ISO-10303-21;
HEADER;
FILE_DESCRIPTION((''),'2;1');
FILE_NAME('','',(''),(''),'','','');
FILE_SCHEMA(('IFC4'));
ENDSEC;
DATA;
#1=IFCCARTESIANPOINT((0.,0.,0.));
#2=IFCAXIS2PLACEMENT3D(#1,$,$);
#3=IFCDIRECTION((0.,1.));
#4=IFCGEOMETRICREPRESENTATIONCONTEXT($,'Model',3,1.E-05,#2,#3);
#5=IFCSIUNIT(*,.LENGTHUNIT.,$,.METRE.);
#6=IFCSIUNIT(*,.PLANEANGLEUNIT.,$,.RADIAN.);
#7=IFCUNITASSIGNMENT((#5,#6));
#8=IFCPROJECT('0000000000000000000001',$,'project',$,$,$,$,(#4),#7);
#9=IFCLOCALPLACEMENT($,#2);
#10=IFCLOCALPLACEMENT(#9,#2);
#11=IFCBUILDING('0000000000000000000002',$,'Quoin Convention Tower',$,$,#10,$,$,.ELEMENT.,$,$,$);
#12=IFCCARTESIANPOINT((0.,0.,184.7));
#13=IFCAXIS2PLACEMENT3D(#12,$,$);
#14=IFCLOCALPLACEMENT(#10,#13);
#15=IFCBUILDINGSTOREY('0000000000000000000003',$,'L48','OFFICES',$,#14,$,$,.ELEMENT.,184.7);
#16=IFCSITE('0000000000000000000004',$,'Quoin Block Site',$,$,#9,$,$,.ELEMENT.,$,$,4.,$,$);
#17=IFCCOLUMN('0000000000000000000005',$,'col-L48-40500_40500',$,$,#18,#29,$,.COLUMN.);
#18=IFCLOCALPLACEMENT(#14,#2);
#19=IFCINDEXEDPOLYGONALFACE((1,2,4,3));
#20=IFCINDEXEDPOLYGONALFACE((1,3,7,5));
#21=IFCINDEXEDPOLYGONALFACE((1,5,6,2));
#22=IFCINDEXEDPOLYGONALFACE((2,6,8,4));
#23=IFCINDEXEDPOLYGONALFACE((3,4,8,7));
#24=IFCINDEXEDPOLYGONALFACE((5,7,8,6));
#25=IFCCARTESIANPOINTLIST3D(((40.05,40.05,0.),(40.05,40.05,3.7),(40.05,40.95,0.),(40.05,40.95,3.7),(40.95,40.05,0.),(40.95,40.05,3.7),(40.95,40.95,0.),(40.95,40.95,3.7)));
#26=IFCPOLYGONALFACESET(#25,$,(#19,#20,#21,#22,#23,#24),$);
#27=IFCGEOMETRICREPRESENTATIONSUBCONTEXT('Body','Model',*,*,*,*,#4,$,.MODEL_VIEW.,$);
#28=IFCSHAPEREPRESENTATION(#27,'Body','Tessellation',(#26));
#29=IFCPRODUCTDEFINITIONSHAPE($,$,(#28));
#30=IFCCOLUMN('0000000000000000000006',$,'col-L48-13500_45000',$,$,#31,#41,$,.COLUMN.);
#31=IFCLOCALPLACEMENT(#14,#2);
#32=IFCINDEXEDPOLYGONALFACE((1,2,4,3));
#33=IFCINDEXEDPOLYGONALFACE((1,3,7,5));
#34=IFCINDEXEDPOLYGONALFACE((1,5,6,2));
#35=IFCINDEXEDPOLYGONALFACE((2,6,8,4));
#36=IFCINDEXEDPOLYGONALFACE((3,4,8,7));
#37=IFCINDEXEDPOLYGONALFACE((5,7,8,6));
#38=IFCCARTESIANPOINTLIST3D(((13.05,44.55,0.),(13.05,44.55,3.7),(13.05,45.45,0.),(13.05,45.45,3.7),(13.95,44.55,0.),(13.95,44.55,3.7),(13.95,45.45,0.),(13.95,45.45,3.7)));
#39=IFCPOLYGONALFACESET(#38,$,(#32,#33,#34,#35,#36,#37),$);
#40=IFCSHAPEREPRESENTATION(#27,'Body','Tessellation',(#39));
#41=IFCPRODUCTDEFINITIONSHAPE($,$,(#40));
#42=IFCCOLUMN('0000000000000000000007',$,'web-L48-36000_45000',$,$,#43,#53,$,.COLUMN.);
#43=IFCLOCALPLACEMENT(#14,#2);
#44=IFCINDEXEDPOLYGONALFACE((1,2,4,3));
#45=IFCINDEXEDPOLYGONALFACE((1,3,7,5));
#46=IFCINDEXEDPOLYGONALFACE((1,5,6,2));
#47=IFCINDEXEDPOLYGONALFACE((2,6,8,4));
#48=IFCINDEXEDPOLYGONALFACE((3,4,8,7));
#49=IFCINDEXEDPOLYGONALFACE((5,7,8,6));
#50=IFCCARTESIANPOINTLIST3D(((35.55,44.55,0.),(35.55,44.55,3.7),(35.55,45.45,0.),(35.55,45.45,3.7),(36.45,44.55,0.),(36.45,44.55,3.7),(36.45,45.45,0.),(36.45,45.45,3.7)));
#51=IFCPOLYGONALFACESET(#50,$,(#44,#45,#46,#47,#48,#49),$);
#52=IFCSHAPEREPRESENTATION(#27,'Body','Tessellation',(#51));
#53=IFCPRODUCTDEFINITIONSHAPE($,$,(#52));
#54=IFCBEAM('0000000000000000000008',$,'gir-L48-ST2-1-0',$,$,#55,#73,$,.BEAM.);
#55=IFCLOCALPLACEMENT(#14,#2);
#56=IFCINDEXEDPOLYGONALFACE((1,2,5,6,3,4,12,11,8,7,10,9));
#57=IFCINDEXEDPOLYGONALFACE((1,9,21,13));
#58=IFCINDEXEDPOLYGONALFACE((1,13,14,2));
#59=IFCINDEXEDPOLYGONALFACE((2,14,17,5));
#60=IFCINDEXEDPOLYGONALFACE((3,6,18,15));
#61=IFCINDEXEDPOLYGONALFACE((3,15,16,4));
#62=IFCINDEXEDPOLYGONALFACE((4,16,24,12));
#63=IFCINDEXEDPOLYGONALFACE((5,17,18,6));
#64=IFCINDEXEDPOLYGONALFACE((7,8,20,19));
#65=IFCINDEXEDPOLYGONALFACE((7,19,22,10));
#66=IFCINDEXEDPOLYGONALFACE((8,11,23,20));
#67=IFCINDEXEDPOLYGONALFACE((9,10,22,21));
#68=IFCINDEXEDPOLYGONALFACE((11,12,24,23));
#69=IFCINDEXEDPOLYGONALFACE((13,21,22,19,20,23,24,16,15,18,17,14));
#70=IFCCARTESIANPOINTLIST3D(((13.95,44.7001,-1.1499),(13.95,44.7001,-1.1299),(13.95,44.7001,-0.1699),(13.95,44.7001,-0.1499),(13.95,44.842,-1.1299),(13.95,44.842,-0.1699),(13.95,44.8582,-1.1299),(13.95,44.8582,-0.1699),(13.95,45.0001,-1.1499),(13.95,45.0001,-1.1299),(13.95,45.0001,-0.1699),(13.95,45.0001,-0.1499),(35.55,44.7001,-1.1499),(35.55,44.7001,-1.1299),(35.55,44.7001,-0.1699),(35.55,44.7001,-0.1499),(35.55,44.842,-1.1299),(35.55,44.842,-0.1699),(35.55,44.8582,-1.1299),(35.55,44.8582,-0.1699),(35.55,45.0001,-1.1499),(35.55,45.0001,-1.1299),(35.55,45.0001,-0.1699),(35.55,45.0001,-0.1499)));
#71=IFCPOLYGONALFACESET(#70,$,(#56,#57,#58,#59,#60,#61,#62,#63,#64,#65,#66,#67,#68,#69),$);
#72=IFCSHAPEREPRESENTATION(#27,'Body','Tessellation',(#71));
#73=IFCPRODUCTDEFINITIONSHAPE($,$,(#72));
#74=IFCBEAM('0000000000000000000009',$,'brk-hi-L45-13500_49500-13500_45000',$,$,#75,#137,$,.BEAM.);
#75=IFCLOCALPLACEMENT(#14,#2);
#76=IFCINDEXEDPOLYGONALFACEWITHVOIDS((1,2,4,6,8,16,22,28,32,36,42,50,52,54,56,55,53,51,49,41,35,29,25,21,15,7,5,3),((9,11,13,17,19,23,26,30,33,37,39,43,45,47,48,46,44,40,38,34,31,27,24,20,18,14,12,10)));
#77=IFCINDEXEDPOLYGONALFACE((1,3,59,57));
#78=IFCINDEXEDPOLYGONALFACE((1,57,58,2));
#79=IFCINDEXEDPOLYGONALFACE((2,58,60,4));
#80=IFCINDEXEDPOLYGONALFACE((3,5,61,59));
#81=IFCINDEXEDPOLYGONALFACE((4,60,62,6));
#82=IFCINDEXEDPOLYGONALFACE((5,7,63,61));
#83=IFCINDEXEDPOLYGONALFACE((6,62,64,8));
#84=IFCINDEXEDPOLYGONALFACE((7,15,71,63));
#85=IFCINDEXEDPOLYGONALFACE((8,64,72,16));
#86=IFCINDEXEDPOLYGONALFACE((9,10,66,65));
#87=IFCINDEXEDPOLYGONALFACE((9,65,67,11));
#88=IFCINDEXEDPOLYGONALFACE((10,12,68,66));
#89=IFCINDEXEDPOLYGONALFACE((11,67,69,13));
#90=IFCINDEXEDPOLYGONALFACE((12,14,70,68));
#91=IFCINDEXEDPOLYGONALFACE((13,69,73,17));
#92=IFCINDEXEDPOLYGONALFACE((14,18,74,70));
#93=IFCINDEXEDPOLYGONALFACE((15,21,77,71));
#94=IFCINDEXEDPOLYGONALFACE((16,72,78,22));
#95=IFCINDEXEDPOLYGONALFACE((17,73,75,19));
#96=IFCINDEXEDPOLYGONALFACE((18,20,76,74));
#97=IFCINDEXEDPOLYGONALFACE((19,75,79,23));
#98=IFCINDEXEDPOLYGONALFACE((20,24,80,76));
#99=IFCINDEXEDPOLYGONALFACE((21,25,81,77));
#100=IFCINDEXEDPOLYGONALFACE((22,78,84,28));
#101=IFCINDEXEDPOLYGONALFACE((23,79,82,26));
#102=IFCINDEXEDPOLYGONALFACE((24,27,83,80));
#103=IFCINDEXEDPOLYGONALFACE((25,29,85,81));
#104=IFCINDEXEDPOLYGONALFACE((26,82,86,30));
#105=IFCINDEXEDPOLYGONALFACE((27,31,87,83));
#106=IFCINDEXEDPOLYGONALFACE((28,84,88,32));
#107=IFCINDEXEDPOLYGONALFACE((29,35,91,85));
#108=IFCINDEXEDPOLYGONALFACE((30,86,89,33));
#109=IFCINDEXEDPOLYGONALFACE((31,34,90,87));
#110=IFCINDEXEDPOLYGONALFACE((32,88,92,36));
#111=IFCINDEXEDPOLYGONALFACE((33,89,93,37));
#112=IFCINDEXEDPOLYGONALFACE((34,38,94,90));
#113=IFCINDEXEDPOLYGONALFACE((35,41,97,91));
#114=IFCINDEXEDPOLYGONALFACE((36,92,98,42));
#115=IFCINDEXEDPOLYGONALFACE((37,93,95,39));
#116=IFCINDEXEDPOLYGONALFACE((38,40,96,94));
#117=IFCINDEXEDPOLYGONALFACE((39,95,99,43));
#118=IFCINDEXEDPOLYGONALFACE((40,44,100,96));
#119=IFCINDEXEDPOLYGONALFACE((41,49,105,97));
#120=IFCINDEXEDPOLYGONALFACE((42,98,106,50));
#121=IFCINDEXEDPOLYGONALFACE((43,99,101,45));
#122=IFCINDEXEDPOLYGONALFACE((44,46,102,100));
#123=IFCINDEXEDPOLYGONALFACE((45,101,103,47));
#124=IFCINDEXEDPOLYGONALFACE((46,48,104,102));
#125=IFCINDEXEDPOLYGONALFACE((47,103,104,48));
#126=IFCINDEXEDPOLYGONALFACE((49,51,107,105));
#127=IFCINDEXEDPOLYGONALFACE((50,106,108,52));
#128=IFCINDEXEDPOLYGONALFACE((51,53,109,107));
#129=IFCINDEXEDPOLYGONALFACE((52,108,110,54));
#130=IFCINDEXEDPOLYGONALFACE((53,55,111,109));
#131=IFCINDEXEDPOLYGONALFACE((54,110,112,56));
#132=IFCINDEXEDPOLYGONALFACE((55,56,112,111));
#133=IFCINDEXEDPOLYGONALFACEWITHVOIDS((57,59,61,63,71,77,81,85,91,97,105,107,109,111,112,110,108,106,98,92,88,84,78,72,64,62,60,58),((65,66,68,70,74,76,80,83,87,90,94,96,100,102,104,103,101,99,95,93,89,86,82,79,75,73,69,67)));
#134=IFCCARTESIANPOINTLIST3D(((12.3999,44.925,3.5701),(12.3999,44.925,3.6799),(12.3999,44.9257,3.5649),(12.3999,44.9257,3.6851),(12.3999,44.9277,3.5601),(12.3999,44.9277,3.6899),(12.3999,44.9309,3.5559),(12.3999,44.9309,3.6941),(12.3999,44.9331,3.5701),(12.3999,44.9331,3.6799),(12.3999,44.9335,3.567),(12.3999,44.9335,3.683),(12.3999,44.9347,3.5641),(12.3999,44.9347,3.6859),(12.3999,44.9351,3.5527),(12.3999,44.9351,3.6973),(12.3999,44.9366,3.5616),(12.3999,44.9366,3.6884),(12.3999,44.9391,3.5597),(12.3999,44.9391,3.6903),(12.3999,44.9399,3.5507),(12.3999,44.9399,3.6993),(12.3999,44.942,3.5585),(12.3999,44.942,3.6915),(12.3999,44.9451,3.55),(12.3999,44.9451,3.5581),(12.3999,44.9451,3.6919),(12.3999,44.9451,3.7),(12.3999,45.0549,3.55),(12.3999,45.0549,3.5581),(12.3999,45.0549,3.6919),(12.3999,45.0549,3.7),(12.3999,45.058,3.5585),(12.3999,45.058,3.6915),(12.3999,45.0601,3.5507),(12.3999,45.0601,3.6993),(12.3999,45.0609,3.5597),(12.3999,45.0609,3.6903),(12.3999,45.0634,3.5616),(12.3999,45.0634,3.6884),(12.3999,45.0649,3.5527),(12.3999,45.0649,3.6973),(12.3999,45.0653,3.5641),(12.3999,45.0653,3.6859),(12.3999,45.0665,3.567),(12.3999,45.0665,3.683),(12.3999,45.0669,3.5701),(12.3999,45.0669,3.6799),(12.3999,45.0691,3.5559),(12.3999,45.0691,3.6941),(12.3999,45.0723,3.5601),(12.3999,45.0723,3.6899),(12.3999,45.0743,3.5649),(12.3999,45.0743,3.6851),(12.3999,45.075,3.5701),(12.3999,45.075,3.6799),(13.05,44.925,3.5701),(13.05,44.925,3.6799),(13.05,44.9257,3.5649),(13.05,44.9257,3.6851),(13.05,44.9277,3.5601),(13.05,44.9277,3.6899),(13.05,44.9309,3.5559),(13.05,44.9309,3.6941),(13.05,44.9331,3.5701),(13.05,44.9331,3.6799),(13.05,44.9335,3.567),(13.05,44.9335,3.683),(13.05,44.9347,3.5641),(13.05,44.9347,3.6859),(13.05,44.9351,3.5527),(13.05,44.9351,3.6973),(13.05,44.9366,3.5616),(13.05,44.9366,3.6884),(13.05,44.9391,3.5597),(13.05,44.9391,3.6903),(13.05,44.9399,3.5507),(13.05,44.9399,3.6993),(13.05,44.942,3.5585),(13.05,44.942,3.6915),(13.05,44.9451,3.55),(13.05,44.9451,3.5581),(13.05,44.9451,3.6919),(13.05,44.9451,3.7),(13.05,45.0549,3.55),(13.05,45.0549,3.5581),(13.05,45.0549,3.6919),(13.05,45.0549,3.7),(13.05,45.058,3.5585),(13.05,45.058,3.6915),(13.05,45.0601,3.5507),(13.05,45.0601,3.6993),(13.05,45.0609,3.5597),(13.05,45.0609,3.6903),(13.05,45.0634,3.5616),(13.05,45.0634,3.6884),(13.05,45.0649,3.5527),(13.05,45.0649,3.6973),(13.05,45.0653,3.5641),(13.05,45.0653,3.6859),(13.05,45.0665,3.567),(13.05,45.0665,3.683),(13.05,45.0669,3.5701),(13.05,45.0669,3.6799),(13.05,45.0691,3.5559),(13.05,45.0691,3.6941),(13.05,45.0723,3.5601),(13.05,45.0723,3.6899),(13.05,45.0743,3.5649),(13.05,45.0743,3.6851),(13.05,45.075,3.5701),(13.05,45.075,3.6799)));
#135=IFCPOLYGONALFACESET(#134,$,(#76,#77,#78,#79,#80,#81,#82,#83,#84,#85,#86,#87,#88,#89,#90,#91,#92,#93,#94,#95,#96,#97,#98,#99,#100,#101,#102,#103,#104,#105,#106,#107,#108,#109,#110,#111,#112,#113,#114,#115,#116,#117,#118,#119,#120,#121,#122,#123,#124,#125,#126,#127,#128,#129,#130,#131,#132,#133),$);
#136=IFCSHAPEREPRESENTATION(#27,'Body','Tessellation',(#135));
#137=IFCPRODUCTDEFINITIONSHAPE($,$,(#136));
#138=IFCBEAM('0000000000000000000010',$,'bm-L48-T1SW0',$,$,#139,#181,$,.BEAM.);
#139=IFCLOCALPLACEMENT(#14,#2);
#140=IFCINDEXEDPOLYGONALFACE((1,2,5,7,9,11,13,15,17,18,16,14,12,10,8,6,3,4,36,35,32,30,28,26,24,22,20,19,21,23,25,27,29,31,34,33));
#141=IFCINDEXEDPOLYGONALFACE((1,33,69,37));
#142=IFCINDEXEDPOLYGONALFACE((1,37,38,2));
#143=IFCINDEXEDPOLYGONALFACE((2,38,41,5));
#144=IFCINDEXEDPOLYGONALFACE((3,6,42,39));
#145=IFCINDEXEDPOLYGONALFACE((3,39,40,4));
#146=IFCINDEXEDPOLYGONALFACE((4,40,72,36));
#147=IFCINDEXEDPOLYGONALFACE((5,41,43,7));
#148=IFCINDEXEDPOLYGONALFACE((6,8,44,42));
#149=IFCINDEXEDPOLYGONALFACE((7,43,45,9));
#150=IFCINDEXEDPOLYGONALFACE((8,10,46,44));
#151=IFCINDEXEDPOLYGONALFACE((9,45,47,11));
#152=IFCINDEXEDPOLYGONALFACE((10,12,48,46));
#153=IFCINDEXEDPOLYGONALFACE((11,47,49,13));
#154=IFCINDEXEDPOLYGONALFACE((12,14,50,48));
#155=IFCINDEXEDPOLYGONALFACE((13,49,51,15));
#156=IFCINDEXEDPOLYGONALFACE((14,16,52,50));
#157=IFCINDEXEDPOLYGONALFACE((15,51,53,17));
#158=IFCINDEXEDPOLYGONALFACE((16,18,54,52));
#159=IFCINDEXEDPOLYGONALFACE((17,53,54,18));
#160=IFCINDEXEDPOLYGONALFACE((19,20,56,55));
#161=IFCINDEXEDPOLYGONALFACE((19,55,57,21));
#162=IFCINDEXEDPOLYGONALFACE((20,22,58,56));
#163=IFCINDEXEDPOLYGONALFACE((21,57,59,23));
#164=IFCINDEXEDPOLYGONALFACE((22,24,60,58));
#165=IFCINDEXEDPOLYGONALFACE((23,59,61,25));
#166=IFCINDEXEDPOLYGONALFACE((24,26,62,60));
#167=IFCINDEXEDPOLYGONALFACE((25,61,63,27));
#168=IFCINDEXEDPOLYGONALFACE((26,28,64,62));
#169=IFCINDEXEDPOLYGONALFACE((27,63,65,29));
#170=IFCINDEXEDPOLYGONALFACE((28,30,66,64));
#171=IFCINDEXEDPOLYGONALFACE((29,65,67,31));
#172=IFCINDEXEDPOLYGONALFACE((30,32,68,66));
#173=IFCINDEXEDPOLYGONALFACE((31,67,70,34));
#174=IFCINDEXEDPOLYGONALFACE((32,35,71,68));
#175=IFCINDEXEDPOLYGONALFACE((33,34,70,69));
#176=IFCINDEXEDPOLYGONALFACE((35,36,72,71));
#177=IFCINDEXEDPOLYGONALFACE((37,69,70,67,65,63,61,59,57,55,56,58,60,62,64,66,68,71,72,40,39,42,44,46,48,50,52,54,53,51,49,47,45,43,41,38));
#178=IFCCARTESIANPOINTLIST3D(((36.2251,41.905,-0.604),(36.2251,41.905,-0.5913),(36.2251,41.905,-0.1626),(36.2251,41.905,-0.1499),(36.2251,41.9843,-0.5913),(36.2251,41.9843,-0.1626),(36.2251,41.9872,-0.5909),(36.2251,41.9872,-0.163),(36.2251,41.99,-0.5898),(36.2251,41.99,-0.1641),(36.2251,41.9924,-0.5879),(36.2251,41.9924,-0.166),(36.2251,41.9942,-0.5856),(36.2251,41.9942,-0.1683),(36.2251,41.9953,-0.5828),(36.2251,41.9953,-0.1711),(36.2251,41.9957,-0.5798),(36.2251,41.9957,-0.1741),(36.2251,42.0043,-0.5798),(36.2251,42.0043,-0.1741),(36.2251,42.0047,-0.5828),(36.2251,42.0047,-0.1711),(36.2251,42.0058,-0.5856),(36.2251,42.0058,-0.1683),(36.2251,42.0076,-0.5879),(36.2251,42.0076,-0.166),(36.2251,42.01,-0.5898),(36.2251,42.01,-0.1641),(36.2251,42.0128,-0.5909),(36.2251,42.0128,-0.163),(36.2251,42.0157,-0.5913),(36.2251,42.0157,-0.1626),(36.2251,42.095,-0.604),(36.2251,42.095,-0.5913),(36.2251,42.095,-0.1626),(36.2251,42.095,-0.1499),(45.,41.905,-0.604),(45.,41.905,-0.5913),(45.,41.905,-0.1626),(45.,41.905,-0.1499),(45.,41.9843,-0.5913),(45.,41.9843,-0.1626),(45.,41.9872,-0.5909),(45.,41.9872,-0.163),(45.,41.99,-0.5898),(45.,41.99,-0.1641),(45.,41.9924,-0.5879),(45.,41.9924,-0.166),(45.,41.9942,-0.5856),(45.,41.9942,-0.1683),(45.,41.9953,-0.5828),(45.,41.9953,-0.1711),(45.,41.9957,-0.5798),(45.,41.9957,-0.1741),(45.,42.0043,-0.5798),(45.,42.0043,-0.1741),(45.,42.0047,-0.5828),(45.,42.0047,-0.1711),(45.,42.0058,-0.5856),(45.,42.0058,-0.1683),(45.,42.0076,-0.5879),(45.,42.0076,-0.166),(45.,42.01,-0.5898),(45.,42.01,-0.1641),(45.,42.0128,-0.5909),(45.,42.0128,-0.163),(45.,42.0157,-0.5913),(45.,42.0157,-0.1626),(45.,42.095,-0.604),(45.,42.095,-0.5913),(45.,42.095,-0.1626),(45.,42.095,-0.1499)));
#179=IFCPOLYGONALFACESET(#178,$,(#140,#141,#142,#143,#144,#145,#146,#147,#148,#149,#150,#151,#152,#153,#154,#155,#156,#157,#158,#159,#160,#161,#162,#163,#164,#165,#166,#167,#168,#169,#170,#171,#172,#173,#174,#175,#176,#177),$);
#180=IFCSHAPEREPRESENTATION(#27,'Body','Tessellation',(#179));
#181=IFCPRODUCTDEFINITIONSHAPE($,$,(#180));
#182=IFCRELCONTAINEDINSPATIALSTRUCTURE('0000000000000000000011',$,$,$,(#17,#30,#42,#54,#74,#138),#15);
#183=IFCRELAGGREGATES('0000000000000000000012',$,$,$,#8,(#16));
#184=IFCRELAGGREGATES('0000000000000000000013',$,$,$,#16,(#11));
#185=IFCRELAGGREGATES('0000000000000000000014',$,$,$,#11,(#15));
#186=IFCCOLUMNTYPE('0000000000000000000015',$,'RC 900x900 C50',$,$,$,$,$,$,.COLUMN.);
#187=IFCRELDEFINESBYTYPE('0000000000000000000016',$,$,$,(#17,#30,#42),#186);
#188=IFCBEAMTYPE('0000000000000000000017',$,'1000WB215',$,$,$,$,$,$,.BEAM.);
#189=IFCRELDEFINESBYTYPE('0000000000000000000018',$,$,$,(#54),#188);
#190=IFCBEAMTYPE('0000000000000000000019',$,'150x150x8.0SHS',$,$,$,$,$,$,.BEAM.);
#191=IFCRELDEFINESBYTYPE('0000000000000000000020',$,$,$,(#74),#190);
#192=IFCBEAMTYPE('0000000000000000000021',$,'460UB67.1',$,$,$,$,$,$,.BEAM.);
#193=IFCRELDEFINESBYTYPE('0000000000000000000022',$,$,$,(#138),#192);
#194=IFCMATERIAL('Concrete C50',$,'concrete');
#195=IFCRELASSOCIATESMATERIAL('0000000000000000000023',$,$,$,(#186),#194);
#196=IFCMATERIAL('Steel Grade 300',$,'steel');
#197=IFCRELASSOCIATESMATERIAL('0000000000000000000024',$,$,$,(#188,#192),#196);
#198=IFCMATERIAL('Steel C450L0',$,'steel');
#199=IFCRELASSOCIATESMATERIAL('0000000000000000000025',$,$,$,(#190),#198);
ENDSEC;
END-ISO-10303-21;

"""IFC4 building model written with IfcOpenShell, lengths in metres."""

from ifc_helpers import new_model, si_unit, direction, frame, origin, origin_2d, place, context, subcontext, project, spatial, rectangle, hollow_rectangle, i_section, extrude, material, material_profile, profile_set, type_object, element, save


model = new_model("IFC4")

# Units and contexts
model_context = context("Model", 3, precision=1e-05, world=origin(), true_north=direction((0.0, 1.0)))
body_context = subcontext(model_context, "Body", "Model", "MODEL_VIEW")
ifc_project = project(units=[si_unit("LENGTHUNIT", "METRE"), si_unit("PLANEANGLEUNIT", "RADIAN")], contexts=[model_context])

# Site, building, storey
site_placement = place(None, origin())
site = spatial("IfcSite", under=ifc_project, at=site_placement, Name="Quoin Block Site", CompositionType="ELEMENT", RefElevation=4.0)
building_placement = place(site_placement, origin())
building = spatial("IfcBuilding", under=site, at=building_placement, Name="Quoin Convention Tower", CompositionType="ELEMENT")
storey_placement = place(building_placement, frame((0.0, 0.0, 184.7)))
storey = spatial("IfcBuildingStorey", under=building, at=storey_placement, Name="L48", Description="OFFICES", CompositionType="ELEMENT", Elevation=184.7)

# Columns
ifc_material_1 = material(Name="Concrete C50", Category="concrete")
ifc_material_profile_1 = material_profile(ifc_material_1, rectangle(XDim=0.8999, YDim=0.8999, at=origin_2d()), Name="RC 900x900")
ifc_profile_set_1 = profile_set([ifc_material_profile_1], Name="Concrete C50")
column_type = type_object("IfcColumnType", Name="RC 900x900 C50", PredefinedType="COLUMN", material=ifc_profile_set_1)
for number, where, z_axis, x_axis, name in (
    (1, (40.5, 40.5, 0.0), (0.0, 0.0, 1.0), (1.0, 0.0, 0.0), "col-L48-40500_40500"),
    (2, (13.5, 45.0, 0.0), (0.0, 0.0, 1.0), (1.0, 0.0, 0.0), "col-L48-13500_45000"),
    (3, (36.0, 45.0, 0.0), (0.0, 0.0, 1.0), (1.0, 0.0, 0.0), "web-L48-36000_45000"),
):
    element("IfcColumn", number, at=place(storey_placement, frame(where, z_axis=z_axis, x_axis=x_axis)), inside=storey, type_object=column_type, Name=name, PredefinedType="COLUMN", context=body_context, shape_type="SweptSolid", body=[
        extrude(rectangle(XDim=0.8999, YDim=0.8999, at=origin_2d()), origin(), (0.0, 0.0, 1.0), 3.7),
    ])

# Beams
ifc_material_2 = material(Name="Steel Grade 300", Category="steel")
ifc_material_profile_2 = material_profile(ifc_material_2, i_section(OverallWidth=0.3, OverallDepth=1.0, WebThickness=0.0161, FlangeThickness=0.02, at=origin_2d()), Name="1000WB215")
ifc_profile_set_2 = profile_set([ifc_material_profile_2], Name="Steel Grade 300")
beam_type_1 = type_object("IfcBeamType", Name="1000WB215", PredefinedType="BEAM", material=ifc_profile_set_2)
beam_1_placement = place(storey_placement, frame((13.95, 44.8501, -0.6499), z_axis=(1.0, 0.0, 0.0), x_axis=(0.0, 1.0, 0.0)))
element("IfcBeam", 4, at=beam_1_placement, inside=storey, type_object=beam_type_1, Name="gir-L48-ST2-1-0", PredefinedType="BEAM", context=body_context, shape_type="SweptSolid", body=[
    extrude(i_section(OverallWidth=0.3, OverallDepth=1.0, WebThickness=0.0161, FlangeThickness=0.02, at=origin_2d()), origin(), (0.0, 0.0, 1.0), 21.6001),
])
ifc_material_3 = material(Name="Steel C450L0", Category="steel")
ifc_material_profile_3 = material_profile(ifc_material_3, hollow_rectangle(XDim=0.1499, YDim=0.1499, WallThickness=0.0081, InnerFilletRadius=0.012, OuterFilletRadius=0.02, at=origin_2d()), Name="150x150x8.0SHS")
ifc_profile_set_3 = profile_set([ifc_material_profile_3], Name="Steel C450L0")
beam_type_2 = type_object("IfcBeamType", Name="150x150x8.0SHS", PredefinedType="BEAM", material=ifc_profile_set_3)
beam_2_placement = place(storey_placement, frame((13.05, 45.0, 3.625), z_axis=(-1.0, 0.0, 0.0), x_axis=(0.0, -1.0, 0.0)))
element("IfcBeam", 5, at=beam_2_placement, inside=storey, type_object=beam_type_2, Name="brk-hi-L45-13500_49500-13500_45000", PredefinedType="BEAM", context=body_context, shape_type="SweptSolid", body=[
    extrude(hollow_rectangle(XDim=0.1499, YDim=0.1499, WallThickness=0.0081, InnerFilletRadius=0.012, OuterFilletRadius=0.02, at=origin_2d()), origin(), (0.0, 0.0, 1.0), 0.6501),
])
ifc_material_profile_4 = material_profile(ifc_material_2, i_section(OverallWidth=0.1899, OverallDepth=0.4541, WebThickness=0.0085, FlangeThickness=0.0127, FilletRadius=0.0115, at=origin_2d()), Name="460UB67.1")
ifc_profile_set_4 = profile_set([ifc_material_profile_4], Name="Steel Grade 300")
beam_type_3 = type_object("IfcBeamType", Name="460UB67.1", PredefinedType="BEAM", material=ifc_profile_set_4)
beam_3_placement = place(storey_placement, frame((36.2251, 42.0, -0.377), z_axis=(1.0, 0.0, 0.0), x_axis=(0.0, 1.0, 0.0)))
element("IfcBeam", 6, at=beam_3_placement, inside=storey, type_object=beam_type_3, Name="bm-L48-T1SW0", PredefinedType="BEAM", context=body_context, shape_type="SweptSolid", body=[
    extrude(i_section(OverallWidth=0.1899, OverallDepth=0.4541, WebThickness=0.0085, FlangeThickness=0.0127, FilletRadius=0.0115, at=origin_2d()), origin(), (0.0, 0.0, 1.0), 8.7749),
])

save(model, "model.ifc")
